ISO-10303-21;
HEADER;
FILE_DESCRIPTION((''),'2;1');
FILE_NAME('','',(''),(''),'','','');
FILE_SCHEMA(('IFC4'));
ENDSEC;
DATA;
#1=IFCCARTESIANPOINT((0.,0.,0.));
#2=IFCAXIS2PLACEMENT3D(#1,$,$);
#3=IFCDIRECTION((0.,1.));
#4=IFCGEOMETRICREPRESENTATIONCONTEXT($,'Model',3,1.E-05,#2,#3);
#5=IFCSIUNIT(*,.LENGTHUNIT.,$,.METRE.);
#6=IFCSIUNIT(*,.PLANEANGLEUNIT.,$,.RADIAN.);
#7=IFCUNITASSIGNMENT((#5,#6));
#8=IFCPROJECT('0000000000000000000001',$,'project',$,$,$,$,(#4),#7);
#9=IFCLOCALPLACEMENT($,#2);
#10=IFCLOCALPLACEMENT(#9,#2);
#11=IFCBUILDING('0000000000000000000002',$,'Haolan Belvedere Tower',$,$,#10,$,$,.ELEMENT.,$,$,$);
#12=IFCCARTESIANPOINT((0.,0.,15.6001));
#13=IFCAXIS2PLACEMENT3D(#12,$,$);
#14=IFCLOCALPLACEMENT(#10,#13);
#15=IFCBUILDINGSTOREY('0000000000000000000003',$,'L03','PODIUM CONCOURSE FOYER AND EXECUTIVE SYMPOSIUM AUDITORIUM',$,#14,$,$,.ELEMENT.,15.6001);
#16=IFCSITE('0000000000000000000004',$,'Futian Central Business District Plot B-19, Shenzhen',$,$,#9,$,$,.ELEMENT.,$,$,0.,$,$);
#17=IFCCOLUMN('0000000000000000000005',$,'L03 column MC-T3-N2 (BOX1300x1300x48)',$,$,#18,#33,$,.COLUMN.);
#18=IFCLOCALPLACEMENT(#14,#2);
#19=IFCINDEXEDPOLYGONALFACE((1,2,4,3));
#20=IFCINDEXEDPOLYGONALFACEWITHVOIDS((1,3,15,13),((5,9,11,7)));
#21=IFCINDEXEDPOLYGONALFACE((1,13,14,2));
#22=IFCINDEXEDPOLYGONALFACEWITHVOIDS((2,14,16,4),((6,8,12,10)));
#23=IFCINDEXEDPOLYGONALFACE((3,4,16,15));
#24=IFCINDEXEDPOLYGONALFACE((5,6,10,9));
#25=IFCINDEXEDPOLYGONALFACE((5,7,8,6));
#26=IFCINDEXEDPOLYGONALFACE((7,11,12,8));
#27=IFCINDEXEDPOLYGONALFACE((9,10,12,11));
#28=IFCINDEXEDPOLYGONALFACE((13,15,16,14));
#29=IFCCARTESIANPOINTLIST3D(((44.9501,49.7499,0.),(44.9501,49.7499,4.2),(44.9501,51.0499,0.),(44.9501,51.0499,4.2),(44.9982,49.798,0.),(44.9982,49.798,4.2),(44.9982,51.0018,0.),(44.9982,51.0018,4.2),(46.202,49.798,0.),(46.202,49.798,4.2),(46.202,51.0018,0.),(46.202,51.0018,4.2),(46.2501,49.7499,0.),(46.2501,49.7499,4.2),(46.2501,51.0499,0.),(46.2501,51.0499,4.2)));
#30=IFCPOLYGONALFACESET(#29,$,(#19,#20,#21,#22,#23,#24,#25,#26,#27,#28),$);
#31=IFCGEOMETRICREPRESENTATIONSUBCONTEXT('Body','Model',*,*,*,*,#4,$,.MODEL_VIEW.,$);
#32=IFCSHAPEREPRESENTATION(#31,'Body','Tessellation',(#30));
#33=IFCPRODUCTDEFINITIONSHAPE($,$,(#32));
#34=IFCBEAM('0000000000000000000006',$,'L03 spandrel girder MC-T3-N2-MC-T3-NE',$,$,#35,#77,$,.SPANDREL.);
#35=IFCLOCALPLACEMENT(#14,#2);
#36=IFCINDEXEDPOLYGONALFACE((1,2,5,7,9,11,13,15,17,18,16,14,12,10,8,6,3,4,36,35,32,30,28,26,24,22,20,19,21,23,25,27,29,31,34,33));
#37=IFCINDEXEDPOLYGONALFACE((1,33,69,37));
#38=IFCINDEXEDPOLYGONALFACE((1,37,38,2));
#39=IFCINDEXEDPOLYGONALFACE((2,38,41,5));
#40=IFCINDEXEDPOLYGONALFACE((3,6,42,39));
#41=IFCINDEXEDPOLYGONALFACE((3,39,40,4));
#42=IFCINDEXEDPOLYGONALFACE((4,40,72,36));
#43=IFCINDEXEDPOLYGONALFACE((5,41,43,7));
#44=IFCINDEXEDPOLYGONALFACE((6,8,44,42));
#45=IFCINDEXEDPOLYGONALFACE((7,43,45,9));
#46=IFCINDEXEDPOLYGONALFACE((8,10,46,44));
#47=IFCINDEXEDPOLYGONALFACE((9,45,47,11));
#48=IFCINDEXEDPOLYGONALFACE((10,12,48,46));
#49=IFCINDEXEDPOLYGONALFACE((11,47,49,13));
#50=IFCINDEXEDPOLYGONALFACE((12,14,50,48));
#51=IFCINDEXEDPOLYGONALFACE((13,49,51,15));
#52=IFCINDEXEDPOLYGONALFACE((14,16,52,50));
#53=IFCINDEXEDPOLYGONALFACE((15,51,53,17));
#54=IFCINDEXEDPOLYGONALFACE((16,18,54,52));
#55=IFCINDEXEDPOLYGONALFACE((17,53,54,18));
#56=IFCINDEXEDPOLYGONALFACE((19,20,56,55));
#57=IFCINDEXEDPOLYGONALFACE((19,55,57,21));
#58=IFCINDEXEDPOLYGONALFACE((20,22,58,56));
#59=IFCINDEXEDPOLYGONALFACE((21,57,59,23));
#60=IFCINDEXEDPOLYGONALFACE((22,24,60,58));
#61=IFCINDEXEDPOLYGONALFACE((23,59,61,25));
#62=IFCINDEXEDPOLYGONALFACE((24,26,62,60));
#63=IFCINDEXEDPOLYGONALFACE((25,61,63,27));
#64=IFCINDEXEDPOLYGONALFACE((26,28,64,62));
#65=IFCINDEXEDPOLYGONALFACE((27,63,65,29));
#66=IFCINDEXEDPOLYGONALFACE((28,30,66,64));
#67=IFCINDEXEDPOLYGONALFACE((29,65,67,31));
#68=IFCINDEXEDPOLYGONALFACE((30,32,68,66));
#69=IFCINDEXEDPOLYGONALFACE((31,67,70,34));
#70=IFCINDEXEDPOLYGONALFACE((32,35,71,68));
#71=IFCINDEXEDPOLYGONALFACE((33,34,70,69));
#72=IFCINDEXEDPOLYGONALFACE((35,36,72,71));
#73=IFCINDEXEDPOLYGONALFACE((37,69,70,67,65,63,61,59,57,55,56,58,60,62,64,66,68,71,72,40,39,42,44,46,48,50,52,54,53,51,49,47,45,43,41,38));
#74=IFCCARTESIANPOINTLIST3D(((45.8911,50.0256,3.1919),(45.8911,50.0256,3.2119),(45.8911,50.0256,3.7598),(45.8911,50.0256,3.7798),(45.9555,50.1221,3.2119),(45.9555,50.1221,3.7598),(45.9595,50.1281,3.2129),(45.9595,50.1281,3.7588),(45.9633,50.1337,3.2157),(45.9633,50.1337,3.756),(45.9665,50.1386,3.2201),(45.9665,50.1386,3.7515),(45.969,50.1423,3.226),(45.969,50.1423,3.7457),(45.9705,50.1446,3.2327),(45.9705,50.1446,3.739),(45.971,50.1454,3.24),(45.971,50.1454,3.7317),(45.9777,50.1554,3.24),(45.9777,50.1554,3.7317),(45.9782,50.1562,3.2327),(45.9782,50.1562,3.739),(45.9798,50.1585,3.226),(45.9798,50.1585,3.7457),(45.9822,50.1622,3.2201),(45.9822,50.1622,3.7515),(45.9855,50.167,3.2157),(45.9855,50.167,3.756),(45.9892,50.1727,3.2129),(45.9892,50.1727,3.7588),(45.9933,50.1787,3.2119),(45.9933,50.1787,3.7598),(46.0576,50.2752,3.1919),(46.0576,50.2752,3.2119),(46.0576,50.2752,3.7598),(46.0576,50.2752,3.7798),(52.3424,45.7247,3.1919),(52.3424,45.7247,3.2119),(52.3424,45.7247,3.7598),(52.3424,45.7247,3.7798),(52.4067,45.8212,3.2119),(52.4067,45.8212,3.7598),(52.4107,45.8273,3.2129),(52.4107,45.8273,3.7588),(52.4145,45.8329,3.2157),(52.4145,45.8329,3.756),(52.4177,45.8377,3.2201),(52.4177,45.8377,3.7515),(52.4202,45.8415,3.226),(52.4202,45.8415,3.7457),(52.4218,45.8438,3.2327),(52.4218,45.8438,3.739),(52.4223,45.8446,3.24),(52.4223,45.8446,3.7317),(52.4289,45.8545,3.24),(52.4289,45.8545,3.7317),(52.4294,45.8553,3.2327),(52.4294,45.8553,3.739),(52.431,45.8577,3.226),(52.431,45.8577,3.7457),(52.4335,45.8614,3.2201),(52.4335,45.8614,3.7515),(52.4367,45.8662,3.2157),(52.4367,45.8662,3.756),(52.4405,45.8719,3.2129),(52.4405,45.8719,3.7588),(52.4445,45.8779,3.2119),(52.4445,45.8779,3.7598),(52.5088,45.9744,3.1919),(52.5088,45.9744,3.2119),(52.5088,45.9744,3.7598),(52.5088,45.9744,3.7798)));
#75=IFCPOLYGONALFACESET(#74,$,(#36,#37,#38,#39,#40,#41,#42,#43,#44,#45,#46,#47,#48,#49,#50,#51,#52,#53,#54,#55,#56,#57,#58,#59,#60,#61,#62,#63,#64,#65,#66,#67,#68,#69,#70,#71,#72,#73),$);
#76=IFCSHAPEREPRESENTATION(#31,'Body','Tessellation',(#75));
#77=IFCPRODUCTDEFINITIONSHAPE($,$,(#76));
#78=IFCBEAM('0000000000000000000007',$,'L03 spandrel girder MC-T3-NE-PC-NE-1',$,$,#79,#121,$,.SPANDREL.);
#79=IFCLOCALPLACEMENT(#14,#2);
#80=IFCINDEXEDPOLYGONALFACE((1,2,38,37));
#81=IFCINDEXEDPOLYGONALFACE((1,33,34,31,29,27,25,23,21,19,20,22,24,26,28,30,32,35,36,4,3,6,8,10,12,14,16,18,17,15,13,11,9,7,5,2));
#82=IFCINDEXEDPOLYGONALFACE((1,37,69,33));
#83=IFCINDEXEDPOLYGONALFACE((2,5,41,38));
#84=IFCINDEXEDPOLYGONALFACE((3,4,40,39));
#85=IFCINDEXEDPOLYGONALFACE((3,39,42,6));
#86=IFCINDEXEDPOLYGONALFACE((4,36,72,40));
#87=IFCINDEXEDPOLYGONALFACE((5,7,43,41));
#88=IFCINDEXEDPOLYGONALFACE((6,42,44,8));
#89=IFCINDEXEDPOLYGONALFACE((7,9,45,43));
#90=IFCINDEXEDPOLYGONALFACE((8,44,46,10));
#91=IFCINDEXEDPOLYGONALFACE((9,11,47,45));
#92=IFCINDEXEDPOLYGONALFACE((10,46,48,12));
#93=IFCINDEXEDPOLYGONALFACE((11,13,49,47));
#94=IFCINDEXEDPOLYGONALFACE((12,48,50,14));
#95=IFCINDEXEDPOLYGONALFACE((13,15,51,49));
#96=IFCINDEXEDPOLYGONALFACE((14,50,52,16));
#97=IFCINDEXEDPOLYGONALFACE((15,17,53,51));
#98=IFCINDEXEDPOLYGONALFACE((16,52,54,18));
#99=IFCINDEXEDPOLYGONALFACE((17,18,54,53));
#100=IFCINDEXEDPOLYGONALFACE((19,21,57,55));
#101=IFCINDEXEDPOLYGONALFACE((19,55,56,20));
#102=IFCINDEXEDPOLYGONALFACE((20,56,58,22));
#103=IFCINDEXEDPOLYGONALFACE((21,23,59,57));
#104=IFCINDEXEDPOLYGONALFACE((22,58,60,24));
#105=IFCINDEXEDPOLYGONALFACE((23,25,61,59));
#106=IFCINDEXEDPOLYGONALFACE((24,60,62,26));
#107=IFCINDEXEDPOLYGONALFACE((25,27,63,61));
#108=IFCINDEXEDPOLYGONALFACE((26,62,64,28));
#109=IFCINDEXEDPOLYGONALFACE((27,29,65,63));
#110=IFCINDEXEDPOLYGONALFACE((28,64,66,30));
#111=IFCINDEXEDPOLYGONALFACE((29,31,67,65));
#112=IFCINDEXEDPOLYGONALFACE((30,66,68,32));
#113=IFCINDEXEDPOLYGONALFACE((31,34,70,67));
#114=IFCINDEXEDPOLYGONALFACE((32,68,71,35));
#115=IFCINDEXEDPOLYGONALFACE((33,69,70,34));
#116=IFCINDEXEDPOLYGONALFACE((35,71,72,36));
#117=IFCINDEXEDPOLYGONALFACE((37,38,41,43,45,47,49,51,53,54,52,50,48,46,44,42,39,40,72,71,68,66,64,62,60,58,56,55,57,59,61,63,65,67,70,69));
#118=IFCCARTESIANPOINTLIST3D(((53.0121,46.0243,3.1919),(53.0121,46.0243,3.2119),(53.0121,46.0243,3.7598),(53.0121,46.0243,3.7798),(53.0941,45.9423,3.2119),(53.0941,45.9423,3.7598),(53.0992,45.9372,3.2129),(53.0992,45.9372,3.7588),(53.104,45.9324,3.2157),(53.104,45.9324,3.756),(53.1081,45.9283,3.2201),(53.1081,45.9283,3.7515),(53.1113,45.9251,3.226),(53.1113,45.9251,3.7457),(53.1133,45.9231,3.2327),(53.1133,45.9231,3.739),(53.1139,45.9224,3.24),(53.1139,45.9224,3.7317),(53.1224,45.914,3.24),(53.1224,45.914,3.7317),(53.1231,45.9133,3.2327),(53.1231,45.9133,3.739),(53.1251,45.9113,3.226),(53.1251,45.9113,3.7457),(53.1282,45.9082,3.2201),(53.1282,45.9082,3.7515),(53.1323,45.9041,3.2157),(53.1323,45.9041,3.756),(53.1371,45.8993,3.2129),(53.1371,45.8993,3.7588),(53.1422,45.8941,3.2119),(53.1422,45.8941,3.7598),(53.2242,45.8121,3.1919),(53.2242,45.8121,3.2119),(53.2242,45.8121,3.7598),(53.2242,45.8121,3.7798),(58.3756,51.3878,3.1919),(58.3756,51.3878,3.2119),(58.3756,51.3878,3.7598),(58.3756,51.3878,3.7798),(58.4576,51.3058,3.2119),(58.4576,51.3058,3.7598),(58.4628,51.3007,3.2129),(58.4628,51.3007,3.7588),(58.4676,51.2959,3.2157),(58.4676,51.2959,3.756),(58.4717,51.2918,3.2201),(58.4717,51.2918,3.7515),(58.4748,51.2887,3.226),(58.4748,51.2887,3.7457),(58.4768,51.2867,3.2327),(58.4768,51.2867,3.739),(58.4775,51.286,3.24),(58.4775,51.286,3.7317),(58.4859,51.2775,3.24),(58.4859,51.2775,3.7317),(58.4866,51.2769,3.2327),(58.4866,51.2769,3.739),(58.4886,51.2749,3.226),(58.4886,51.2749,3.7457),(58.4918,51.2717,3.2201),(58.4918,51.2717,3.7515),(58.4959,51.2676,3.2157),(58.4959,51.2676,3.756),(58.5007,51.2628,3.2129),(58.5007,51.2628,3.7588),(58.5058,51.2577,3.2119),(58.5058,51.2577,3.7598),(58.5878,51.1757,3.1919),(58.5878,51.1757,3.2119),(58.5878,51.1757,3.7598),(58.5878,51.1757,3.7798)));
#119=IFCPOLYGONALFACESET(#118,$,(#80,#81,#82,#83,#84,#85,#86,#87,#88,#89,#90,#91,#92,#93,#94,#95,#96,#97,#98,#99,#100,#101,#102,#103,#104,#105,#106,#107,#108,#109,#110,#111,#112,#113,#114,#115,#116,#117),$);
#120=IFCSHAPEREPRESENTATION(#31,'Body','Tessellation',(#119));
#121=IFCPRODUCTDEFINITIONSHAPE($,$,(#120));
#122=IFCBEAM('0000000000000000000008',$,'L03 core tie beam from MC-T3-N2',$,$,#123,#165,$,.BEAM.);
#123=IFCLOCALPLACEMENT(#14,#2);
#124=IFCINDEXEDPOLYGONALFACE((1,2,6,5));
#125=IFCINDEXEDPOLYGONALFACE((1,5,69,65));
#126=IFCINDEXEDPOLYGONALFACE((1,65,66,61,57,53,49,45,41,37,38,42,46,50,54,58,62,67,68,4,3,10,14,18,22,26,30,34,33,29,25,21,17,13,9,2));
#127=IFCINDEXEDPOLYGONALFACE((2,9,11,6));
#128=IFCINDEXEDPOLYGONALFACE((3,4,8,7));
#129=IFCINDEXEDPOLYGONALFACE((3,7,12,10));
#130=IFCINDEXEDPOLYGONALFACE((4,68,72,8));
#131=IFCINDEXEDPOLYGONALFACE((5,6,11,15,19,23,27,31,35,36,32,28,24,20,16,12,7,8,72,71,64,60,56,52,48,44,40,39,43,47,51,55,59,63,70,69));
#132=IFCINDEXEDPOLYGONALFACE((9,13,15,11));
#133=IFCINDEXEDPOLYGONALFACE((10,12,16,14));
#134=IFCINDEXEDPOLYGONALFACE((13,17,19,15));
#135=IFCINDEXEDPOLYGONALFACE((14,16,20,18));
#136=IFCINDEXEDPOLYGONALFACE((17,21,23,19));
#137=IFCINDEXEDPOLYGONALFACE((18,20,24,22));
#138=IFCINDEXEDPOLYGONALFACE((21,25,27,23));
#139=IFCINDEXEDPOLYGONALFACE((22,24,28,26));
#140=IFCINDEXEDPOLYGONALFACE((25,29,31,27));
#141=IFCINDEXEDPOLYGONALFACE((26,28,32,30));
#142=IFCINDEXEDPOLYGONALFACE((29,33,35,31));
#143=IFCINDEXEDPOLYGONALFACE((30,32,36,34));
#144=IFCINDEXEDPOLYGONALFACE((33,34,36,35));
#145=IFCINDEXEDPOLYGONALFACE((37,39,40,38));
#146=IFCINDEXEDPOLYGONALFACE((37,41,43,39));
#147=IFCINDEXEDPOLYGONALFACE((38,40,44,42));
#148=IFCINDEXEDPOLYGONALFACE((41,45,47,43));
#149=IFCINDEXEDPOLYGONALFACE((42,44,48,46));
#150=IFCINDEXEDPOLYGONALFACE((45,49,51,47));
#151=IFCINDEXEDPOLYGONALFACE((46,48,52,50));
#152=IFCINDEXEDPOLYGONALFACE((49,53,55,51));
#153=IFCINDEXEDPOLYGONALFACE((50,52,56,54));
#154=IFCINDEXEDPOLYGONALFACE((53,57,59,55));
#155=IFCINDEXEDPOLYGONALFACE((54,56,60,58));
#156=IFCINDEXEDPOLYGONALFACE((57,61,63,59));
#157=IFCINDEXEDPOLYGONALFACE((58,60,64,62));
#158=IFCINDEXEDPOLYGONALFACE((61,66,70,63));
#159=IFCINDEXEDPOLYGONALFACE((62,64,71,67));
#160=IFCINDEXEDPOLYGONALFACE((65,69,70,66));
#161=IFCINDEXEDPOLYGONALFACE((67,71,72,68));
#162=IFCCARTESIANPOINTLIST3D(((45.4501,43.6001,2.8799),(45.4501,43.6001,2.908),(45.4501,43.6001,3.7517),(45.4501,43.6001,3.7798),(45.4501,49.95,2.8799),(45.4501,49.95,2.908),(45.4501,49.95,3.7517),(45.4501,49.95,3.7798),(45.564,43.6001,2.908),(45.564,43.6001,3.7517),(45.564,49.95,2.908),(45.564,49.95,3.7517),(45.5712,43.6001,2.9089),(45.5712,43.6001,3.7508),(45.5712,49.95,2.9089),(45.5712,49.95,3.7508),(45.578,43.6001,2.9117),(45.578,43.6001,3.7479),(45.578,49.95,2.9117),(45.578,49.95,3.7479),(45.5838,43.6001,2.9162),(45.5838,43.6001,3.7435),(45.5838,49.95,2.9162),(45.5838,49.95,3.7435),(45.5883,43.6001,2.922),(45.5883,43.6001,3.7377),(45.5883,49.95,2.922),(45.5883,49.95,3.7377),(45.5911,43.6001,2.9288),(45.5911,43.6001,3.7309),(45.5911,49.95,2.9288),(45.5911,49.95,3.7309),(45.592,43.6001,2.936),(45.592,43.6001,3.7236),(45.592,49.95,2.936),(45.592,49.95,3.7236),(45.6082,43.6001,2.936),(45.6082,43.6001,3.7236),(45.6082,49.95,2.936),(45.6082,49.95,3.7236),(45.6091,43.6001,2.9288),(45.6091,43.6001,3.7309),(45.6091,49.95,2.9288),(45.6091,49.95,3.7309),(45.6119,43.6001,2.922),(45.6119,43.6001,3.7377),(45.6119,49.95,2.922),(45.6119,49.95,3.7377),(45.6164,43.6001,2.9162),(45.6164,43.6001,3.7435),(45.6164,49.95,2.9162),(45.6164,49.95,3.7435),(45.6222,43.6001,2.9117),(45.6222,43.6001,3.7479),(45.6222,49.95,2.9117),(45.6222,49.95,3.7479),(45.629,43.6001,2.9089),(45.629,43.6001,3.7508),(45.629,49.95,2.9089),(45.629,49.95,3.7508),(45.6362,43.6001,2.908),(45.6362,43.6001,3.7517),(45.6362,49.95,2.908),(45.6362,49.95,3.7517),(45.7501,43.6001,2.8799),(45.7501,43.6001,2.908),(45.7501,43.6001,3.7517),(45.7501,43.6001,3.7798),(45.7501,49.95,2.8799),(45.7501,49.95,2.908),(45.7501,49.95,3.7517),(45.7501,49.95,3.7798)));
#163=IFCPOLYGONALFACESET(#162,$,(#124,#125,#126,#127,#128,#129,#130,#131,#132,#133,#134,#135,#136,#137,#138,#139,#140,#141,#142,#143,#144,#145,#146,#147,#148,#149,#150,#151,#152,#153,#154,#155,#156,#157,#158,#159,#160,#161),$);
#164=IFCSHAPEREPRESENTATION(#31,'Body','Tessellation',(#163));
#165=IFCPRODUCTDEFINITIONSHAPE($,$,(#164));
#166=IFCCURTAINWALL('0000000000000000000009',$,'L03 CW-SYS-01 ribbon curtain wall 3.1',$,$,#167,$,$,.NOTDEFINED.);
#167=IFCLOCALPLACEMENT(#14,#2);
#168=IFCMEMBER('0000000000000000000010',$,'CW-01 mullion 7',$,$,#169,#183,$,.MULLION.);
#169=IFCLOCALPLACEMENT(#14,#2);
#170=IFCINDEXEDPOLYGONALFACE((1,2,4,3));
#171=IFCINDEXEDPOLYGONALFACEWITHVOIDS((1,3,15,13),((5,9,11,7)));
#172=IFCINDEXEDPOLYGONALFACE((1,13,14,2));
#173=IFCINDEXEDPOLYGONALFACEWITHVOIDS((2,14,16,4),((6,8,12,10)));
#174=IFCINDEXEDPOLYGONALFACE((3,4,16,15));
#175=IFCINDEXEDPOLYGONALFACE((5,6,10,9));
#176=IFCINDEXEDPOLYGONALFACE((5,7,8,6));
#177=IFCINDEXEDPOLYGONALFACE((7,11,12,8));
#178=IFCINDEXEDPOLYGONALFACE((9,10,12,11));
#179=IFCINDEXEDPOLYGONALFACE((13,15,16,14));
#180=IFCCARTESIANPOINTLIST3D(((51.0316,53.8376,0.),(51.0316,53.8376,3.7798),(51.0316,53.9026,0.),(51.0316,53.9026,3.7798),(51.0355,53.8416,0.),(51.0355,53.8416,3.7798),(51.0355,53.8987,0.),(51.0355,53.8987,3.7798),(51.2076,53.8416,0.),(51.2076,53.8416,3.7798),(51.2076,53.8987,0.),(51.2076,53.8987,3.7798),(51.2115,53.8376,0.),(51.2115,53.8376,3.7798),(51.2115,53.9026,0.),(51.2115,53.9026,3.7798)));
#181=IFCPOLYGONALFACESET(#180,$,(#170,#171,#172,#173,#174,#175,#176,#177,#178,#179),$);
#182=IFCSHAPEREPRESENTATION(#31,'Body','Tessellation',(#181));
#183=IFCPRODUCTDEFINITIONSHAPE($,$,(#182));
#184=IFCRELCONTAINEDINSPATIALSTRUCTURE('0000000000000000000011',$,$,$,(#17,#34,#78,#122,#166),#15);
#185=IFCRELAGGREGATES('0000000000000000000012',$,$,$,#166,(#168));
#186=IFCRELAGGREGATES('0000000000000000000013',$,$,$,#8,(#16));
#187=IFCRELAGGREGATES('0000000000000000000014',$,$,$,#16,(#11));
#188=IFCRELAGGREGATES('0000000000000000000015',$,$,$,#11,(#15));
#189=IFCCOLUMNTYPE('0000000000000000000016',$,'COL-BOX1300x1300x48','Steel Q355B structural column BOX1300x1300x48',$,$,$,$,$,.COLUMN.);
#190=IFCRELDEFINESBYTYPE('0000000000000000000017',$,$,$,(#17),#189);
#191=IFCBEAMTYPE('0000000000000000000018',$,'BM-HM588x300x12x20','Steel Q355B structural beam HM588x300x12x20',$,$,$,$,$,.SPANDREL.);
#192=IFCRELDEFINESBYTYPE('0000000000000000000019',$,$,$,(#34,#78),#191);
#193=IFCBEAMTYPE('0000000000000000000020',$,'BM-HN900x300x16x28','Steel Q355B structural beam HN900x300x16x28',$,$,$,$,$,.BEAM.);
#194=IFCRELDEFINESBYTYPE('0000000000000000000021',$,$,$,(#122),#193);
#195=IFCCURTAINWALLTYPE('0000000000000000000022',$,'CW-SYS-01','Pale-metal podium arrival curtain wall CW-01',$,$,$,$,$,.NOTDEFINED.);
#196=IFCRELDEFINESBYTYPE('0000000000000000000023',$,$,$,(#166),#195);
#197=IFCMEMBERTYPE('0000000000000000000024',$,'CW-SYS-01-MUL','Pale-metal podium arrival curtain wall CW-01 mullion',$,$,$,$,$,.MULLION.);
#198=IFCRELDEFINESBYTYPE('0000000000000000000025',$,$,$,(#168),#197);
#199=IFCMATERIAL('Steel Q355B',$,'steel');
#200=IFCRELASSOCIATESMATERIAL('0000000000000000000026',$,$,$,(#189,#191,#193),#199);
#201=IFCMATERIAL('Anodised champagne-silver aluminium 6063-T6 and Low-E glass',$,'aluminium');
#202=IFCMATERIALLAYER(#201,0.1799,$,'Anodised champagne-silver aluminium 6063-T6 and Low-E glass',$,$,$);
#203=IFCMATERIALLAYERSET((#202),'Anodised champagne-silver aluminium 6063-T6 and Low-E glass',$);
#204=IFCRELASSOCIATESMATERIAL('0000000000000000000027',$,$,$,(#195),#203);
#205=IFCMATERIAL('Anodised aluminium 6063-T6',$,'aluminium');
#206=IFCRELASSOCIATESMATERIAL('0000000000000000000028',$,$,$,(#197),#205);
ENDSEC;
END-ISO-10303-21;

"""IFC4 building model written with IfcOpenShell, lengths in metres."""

from ifc_helpers import new_model, si_unit, direction, frame, origin, origin_2d, place, context, subcontext, project, spatial, hollow_rectangle, i_section, extrude, material, layer, layer_set, material_profile, profile_set, type_object, element, aggregate, save


model = new_model("IFC4")

# Units and contexts
model_context = context("Model", 3, precision=1e-05, world=origin(), true_north=direction((0.0, 1.0)))
body_context = subcontext(model_context, "Body", "Model", "MODEL_VIEW")
ifc_project = project(units=[si_unit("LENGTHUNIT", "METRE"), si_unit("PLANEANGLEUNIT", "RADIAN")], contexts=[model_context])

# Site, building, storey
site_placement = place(None, origin())
site = spatial("IfcSite", under=ifc_project, at=site_placement, Name="Futian Central Business District Plot B-19, Shenzhen", CompositionType="ELEMENT", RefElevation=0.0)
building_placement = place(site_placement, origin())
building = spatial("IfcBuilding", under=site, at=building_placement, Name="Haolan Belvedere Tower", CompositionType="ELEMENT")
storey_placement = place(building_placement, frame((0.0, 0.0, 15.6001)))
storey = spatial("IfcBuildingStorey", under=building, at=storey_placement, Name="L03", Description="PODIUM CONCOURSE FOYER AND EXECUTIVE SYMPOSIUM AUDITORIUM", CompositionType="ELEMENT", Elevation=15.6001)

# Column
ifc_material_1 = material(Name="Steel Q355B", Category="steel")
ifc_material_profile_1 = material_profile(ifc_material_1, hollow_rectangle(XDim=1.3, YDim=1.3, WallThickness=0.0481, at=origin_2d()), Name="Steel Q355B")
ifc_profile_set_1 = profile_set([ifc_material_profile_1], Name="Steel Q355B")
column_type = type_object("IfcColumnType", Name="COL-BOX1300x1300x48", Description="Steel Q355B structural column BOX1300x1300x48", PredefinedType="COLUMN", material=ifc_profile_set_1)
column_placement = place(storey_placement, frame((45.6001, 50.3999, 0.0), z_axis=(0.0, 0.0, 1.0), x_axis=(1.0, 0.0, 0.0)))
element("IfcColumn", 1, at=column_placement, inside=storey, type_object=column_type, Name="L03 column MC-T3-N2 (BOX1300x1300x48)", PredefinedType="COLUMN", context=body_context, shape_type="SweptSolid", body=[
    extrude(hollow_rectangle(XDim=1.3, YDim=1.3, WallThickness=0.0481, at=origin_2d()), origin(), (0.0, 0.0, 1.0), 4.2),
])

# Beams
ifc_material_profile_2 = material_profile(ifc_material_1, i_section(OverallWidth=0.3, OverallDepth=0.5879, WebThickness=0.012, FlangeThickness=0.02, FilletRadius=0.0281, at=origin_2d()), Name="Steel Q355B")
ifc_profile_set_2 = profile_set([ifc_material_profile_2], Name="Steel Q355B")
beam_type_1 = type_object("IfcBeamType", Name="BM-HM588x300x12x20", Description="Steel Q355B structural beam HM588x300x12x20", PredefinedType="SPANDREL", material=ifc_profile_set_2)
beam_1_placement = place(storey_placement, frame((45.9744, 50.1504, 3.4858), z_axis=(0.83205, -0.5547, 0.0), x_axis=(0.5547, 0.83205, 0.0)))
element("IfcBeam", 2, at=beam_1_placement, inside=storey, type_object=beam_type_1, Name="L03 spandrel girder MC-T3-N2-MC-T3-NE", PredefinedType="SPANDREL", context=body_context, shape_type="SweptSolid", body=[
    extrude(i_section(OverallWidth=0.3, OverallDepth=0.5879, WebThickness=0.012, FlangeThickness=0.02, FilletRadius=0.0281, at=origin_2d()), origin(), (0.0, 0.0, 1.0), 7.7534),
])
beam_2_placement = place(storey_placement, frame((53.1182, 45.9182, 3.4858), z_axis=(0.707107, 0.707107, 0.0), x_axis=(-0.707107, 0.707107, 0.0)))
element("IfcBeam", 3, at=beam_2_placement, inside=storey, type_object=beam_type_1, Name="L03 spandrel girder MC-T3-NE-PC-NE-1", PredefinedType="SPANDREL", context=body_context, shape_type="SweptSolid", body=[
    extrude(i_section(OverallWidth=0.3, OverallDepth=0.5879, WebThickness=0.012, FlangeThickness=0.02, FilletRadius=0.0281, at=origin_2d()), origin(), (0.0, 0.0, 1.0), 7.5852),
])
ifc_material_profile_3 = material_profile(ifc_material_1, i_section(OverallWidth=0.3, OverallDepth=0.8999, WebThickness=0.0161, FlangeThickness=0.0281, FilletRadius=0.0281, at=origin_2d()), Name="Steel Q355B")
ifc_profile_set_3 = profile_set([ifc_material_profile_3], Name="Steel Q355B")
beam_type_2 = type_object("IfcBeamType", Name="BM-HN900x300x16x28", Description="Steel Q355B structural beam HN900x300x16x28", PredefinedType="BEAM", material=ifc_profile_set_3)
beam_3_placement = place(storey_placement, frame((45.6001, 49.95, 3.3298), z_axis=(0.0, -1.0, 0.0), x_axis=(1.0, 0.0, 0.0)))
element("IfcBeam", 4, at=beam_3_placement, inside=storey, type_object=beam_type_2, Name="L03 core tie beam from MC-T3-N2", PredefinedType="BEAM", context=body_context, shape_type="SweptSolid", body=[
    extrude(i_section(OverallWidth=0.3, OverallDepth=0.8999, WebThickness=0.0161, FlangeThickness=0.0281, FilletRadius=0.0281, at=origin_2d()), origin(), (0.0, 0.0, 1.0), 6.3499),
])

# Curtain wall, member
ifc_material_2 = material(Name="Anodised champagne-silver aluminium 6063-T6 and Low-E glass", Category="aluminium")
ifc_layer_1 = layer(ifc_material_2, 0.1799, Name="Anodised champagne-silver aluminium 6063-T6 and Low-E glass")
ifc_layer_set_1 = layer_set([ifc_layer_1], Name="Anodised champagne-silver aluminium 6063-T6 and Low-E glass")
curtain_wall_type = type_object("IfcCurtainWallType", Name="CW-SYS-01", Description="Pale-metal podium arrival curtain wall CW-01", PredefinedType="NOTDEFINED", material=ifc_layer_set_1)
curtain_wall_placement = place(storey_placement, origin())
curtain_wall = element("IfcCurtainWall", 5, at=curtain_wall_placement, inside=storey, type_object=curtain_wall_type, Name="L03 CW-SYS-01 ribbon curtain wall 3.1", PredefinedType="NOTDEFINED")
ifc_material_3 = material(Name="Anodised aluminium 6063-T6", Category="aluminium")
ifc_material_profile_4 = material_profile(ifc_material_3, hollow_rectangle(XDim=0.0649, YDim=0.1799, WallThickness=0.0039, at=origin_2d()), Name="Anodised aluminium 6063-T6")
ifc_profile_set_4 = profile_set([ifc_material_profile_4], Name="Anodised aluminium 6063-T6")
member_type_1 = type_object("IfcMemberType", Name="CW-SYS-01-MUL", Description="Pale-metal podium arrival curtain wall CW-01 mullion", PredefinedType="MULLION", material=ifc_profile_set_4)
member_1_placement = place(storey_placement, frame((51.1216, 53.8701, 0.0), z_axis=(0.0, 0.0, 1.0), x_axis=(0.0, -1.0, 0.0)))
member_1 = element("IfcMember", 6, at=member_1_placement, type_object=member_type_1, Name="CW-01 mullion 7", PredefinedType="MULLION", context=body_context, shape_type="SweptSolid", body=[
    extrude(hollow_rectangle(XDim=0.0649, YDim=0.1799, WallThickness=0.0039, at=origin_2d()), origin(), (0.0, 0.0, 1.0), 3.7798),
])
aggregate(curtain_wall, [member_1])

save(model, "model.ifc")
